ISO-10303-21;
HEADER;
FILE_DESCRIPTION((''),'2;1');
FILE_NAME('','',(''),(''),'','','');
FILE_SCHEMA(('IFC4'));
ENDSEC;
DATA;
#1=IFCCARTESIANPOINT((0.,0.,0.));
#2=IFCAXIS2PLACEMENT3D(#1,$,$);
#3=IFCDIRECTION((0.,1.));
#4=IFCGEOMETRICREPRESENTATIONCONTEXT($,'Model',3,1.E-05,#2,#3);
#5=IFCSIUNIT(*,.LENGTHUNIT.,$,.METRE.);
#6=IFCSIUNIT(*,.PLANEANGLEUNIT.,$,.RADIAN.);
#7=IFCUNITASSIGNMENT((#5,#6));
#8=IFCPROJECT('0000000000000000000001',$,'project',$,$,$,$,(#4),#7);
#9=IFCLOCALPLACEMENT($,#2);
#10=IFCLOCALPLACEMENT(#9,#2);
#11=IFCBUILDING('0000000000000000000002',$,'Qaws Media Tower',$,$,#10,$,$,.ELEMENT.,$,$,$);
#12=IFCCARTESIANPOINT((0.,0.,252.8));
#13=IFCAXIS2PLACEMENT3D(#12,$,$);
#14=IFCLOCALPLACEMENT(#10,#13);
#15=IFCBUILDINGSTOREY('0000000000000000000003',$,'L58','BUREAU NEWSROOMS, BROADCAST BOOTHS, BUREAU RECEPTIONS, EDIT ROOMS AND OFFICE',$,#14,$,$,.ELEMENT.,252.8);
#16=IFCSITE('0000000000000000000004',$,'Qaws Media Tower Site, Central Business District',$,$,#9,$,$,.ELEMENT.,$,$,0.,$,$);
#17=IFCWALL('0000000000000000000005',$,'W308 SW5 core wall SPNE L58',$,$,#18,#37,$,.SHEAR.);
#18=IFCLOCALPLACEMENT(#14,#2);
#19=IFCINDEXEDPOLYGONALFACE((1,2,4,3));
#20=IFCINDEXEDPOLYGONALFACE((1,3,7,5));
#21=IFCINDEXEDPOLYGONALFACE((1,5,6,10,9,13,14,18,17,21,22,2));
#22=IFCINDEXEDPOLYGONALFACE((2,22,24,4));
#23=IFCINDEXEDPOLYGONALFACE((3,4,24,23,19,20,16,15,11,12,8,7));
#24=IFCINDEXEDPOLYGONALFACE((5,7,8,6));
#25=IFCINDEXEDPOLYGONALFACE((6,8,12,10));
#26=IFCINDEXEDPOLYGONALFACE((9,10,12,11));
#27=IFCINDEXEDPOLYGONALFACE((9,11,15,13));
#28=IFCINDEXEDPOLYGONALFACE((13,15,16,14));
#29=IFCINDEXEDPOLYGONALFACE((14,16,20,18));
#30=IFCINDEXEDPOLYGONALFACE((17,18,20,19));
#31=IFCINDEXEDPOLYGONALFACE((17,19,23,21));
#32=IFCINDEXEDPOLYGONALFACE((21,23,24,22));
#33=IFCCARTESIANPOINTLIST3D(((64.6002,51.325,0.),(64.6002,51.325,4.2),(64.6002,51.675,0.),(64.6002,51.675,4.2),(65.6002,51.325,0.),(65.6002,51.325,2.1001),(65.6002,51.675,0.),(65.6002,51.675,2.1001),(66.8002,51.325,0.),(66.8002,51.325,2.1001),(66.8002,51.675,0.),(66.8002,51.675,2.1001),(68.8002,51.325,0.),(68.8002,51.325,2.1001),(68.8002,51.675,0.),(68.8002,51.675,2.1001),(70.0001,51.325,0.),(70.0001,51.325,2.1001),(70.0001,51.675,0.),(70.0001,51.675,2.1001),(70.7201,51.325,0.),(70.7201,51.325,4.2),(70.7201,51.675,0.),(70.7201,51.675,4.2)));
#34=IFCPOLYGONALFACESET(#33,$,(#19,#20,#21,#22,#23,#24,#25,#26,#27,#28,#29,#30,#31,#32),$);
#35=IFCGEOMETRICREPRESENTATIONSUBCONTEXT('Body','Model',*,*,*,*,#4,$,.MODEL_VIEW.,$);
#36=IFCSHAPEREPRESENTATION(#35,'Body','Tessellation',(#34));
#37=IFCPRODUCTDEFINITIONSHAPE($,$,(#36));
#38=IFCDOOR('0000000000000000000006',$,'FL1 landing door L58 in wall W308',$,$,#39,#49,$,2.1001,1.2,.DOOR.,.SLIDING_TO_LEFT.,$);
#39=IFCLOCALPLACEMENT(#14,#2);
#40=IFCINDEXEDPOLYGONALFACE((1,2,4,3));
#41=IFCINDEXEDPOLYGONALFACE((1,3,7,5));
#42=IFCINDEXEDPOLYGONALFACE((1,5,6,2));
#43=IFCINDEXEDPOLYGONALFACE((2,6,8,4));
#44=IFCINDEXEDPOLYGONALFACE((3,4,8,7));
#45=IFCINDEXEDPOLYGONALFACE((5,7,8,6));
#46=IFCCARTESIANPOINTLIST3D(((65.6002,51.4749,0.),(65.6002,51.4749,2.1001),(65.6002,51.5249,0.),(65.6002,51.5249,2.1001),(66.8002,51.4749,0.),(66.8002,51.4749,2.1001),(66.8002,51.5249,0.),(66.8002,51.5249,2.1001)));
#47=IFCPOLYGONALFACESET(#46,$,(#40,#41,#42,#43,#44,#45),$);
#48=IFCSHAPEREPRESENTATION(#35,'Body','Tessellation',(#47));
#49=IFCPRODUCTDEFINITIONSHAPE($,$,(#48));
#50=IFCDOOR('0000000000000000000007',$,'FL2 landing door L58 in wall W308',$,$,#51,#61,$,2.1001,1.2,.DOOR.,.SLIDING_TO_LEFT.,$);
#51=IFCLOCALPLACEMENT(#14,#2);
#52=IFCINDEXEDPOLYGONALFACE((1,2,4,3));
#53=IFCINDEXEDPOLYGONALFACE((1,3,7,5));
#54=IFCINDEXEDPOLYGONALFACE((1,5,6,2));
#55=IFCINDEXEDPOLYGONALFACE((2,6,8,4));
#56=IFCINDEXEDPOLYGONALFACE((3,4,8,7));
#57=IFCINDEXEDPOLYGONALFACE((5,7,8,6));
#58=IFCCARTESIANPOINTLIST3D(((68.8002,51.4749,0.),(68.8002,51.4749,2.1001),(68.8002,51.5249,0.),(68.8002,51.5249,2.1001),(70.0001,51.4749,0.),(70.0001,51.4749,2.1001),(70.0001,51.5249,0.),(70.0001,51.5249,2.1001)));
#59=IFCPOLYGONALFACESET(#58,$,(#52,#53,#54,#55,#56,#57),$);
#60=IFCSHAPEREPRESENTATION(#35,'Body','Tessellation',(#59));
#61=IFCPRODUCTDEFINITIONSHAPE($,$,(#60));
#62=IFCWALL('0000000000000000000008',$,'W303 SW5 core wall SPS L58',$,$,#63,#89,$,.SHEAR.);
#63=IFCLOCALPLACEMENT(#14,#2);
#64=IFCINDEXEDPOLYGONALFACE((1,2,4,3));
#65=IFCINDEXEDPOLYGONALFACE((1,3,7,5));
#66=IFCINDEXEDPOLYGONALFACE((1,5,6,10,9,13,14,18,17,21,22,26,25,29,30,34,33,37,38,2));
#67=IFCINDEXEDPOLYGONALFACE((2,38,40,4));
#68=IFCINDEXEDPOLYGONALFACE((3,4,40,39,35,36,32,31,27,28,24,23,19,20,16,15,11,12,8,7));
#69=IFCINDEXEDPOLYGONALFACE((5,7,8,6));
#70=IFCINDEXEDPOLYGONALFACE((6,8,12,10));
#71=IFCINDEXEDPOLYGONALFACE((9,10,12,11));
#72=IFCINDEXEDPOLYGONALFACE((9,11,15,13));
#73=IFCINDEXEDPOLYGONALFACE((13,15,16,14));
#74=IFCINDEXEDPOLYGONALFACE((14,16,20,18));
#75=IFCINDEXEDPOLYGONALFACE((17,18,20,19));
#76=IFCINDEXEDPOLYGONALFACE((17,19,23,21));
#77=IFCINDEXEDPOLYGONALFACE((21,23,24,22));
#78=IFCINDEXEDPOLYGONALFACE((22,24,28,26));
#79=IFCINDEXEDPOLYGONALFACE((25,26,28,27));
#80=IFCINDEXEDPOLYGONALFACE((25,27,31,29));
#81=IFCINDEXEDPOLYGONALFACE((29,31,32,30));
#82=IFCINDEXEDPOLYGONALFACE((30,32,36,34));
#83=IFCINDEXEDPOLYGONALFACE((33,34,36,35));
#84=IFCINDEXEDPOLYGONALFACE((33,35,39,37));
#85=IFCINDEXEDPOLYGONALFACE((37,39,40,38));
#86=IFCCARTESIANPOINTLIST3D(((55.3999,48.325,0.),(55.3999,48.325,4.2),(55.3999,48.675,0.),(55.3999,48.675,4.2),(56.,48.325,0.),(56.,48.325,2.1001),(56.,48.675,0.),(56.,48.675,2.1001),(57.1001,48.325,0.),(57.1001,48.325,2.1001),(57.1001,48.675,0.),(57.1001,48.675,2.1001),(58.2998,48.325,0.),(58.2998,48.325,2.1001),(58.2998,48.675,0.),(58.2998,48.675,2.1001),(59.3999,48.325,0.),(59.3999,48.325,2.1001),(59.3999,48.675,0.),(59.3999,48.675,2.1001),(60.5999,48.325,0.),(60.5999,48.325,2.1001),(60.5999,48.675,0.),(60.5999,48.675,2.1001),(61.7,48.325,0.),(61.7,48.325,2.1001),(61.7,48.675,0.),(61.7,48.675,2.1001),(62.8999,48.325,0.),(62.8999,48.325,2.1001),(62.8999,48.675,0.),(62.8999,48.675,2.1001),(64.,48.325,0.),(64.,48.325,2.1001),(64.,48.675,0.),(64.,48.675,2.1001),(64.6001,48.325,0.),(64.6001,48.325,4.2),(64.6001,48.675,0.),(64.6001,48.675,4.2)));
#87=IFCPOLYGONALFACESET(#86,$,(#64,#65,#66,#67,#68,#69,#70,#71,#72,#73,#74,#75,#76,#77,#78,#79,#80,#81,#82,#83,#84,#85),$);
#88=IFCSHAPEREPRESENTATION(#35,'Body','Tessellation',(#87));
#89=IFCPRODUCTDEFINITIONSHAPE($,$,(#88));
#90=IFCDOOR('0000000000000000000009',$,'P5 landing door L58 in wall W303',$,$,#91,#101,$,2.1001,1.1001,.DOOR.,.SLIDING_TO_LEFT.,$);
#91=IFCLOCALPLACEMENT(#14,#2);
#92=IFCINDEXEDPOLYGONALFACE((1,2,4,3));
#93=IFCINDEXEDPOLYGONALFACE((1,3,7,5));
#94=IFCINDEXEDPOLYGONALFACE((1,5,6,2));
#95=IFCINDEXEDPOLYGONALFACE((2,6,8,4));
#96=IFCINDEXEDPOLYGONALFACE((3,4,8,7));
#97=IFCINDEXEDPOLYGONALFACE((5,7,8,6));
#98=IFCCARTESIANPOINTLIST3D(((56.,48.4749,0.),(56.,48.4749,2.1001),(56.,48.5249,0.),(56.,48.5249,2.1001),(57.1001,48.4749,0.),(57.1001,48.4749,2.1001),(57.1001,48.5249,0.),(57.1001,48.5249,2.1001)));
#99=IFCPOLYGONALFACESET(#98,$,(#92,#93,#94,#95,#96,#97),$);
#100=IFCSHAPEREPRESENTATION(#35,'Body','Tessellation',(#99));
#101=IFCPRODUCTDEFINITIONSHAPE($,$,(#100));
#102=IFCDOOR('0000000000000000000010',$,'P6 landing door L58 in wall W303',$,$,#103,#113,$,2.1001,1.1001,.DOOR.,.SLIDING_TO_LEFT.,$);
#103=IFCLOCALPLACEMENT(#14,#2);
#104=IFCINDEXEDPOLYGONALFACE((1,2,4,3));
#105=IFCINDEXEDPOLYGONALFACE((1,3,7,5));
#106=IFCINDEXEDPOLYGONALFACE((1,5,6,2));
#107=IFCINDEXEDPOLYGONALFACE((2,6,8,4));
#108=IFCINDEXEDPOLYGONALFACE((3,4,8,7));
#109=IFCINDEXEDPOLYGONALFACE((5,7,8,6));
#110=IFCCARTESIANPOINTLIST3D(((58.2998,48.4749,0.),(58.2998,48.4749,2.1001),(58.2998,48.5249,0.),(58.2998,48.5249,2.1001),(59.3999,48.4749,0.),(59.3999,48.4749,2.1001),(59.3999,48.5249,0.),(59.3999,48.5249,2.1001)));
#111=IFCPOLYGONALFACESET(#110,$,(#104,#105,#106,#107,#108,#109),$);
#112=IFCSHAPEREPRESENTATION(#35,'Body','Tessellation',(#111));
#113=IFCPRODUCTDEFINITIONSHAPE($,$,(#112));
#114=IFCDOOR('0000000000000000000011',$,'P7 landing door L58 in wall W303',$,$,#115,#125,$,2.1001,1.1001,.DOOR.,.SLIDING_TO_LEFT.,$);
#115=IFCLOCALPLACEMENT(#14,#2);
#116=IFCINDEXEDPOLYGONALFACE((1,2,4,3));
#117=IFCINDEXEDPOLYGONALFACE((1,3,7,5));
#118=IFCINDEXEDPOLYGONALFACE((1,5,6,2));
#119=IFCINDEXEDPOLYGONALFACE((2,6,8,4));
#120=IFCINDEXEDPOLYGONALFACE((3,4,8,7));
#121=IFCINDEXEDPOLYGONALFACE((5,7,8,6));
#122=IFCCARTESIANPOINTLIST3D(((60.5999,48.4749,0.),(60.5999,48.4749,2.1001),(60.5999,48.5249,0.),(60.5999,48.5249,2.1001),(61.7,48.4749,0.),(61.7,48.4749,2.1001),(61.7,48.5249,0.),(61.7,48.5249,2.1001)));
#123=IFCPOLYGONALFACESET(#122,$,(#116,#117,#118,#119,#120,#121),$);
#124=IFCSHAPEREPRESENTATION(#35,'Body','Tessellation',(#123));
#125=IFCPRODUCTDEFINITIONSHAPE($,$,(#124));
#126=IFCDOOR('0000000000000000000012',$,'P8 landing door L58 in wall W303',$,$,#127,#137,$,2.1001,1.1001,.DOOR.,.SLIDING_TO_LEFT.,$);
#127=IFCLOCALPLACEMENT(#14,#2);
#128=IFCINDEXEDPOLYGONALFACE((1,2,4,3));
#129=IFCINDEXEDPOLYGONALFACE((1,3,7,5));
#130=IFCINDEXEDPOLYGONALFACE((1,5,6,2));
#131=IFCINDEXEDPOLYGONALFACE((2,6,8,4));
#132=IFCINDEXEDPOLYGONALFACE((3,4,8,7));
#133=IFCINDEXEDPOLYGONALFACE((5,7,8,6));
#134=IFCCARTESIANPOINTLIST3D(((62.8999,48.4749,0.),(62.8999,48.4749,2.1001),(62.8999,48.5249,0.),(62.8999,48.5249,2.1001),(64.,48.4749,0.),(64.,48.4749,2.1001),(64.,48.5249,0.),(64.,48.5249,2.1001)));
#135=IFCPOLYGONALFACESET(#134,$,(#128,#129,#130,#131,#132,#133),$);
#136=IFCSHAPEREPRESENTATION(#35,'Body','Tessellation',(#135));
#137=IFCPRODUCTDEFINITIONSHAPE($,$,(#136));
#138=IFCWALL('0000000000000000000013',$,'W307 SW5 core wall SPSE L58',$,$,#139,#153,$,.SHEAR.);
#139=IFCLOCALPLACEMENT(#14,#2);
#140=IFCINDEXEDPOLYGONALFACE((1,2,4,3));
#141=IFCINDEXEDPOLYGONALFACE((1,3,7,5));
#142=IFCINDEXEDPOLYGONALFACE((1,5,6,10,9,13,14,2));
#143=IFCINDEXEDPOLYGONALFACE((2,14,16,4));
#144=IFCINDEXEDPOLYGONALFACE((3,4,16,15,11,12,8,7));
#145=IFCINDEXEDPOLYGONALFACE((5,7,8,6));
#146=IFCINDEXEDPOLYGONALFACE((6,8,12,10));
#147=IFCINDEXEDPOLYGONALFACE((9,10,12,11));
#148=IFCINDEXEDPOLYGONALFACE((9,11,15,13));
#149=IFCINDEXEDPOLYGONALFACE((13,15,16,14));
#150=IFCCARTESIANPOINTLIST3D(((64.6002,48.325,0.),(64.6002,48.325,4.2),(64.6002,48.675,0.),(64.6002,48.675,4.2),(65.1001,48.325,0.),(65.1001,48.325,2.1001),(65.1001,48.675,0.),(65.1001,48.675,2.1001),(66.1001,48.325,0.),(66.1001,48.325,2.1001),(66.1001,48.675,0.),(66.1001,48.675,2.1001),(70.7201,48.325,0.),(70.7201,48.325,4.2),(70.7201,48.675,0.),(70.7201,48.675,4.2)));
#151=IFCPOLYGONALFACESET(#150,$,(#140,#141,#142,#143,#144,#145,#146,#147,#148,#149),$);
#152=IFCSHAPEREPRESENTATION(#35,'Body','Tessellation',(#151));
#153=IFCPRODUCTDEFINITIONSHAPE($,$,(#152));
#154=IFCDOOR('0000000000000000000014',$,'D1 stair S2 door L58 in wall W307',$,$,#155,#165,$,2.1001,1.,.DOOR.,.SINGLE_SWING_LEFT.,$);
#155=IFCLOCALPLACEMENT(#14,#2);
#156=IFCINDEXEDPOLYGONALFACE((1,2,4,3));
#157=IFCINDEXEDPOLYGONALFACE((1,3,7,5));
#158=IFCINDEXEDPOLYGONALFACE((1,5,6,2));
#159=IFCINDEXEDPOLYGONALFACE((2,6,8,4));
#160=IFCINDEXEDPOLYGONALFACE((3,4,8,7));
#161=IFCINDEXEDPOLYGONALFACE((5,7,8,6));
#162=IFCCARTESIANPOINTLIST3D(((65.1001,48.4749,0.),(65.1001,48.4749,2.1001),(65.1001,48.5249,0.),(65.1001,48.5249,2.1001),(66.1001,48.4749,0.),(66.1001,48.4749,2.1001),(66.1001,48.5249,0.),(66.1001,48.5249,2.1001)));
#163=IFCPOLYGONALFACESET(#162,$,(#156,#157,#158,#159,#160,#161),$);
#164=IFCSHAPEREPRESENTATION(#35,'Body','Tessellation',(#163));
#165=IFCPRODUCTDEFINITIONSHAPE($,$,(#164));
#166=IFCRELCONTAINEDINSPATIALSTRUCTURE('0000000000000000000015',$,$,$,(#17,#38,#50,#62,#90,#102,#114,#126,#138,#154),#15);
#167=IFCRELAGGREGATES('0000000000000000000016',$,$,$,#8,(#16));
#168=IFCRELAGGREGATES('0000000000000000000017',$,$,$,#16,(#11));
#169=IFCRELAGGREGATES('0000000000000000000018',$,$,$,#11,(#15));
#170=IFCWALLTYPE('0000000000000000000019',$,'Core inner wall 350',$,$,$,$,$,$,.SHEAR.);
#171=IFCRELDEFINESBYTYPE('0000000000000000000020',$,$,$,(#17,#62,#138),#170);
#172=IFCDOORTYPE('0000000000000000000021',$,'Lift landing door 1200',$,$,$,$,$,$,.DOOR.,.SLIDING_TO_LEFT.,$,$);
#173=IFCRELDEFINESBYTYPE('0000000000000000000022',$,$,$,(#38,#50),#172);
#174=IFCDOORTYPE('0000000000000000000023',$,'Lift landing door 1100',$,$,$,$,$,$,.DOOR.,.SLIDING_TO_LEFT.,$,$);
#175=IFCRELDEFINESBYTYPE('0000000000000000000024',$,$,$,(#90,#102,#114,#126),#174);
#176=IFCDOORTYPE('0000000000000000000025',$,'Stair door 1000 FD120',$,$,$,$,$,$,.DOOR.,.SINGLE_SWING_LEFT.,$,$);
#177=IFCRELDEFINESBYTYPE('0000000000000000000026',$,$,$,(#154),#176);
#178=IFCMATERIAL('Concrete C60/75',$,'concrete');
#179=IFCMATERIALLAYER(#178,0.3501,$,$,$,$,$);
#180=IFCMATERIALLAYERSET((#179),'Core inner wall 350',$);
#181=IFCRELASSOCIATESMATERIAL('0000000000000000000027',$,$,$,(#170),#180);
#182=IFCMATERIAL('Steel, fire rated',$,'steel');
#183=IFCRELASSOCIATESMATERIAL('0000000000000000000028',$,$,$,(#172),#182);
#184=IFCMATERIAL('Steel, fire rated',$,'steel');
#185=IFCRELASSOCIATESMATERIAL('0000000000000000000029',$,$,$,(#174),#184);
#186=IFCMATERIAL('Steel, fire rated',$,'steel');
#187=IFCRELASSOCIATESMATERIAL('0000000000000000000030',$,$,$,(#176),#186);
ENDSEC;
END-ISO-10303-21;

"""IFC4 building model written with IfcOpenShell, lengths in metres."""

from ifc_helpers import new_model, si_unit, direction, frame, frame_2d, origin, place, context, subcontext, project, spatial, rectangle, extrude, material, layer, layer_set, type_object, element, fill, save


model = new_model("IFC4")

# Units and contexts
model_context = context("Model", 3, precision=1e-05, world=origin(), true_north=direction((0.0, 1.0)))
body_context = subcontext(model_context, "Body", "Model", "MODEL_VIEW")
ifc_project = project(units=[si_unit("LENGTHUNIT", "METRE"), si_unit("PLANEANGLEUNIT", "RADIAN")], contexts=[model_context])

# Site, building, storey
site_placement = place(None, origin())
site = spatial("IfcSite", under=ifc_project, at=site_placement, Name="Qaws Media Tower Site, Central Business District", CompositionType="ELEMENT", RefElevation=0.0)
building_placement = place(site_placement, origin())
building = spatial("IfcBuilding", under=site, at=building_placement, Name="Qaws Media Tower", CompositionType="ELEMENT")
storey_placement = place(building_placement, frame((0.0, 0.0, 252.8)))
storey = spatial("IfcBuildingStorey", under=building, at=storey_placement, Name="L58", Description="BUREAU NEWSROOMS, BROADCAST BOOTHS, BUREAU RECEPTIONS, EDIT ROOMS AND OFFICE", CompositionType="ELEMENT", Elevation=252.8)

# Walls, openings, doors
ifc_material_1 = material(Name="Concrete C60/75", Category="concrete")
ifc_layer_1 = layer(ifc_material_1, 0.3501)
ifc_layer_set_1 = layer_set([ifc_layer_1], Name="Core inner wall 350")
wall_type_1 = type_object("IfcWallType", Name="Core inner wall 350", PredefinedType="SHEAR", material=ifc_layer_set_1)
wall_1_placement = place(storey_placement, frame((64.6001, 51.5, 0.0), z_axis=(0.0, 0.0, 1.0), x_axis=(1.0, 0.0, 0.0)))
wall_1 = element("IfcWall", 1, at=wall_1_placement, inside=storey, type_object=wall_type_1, Name="W308 SW5 core wall SPNE L58", PredefinedType="SHEAR", context=body_context, shape_type="SweptSolid", body=[
    extrude(rectangle(XDim=6.1199, YDim=0.3501, at=frame_2d((3.0601, 0.0))), origin(), (0.0, 0.0, 1.0), 4.2),
])
opening_1_placement = place(wall_1_placement, frame((1.0, 0.0, 0.0)))
opening_1 = element("IfcOpeningElement", 2, at=opening_1_placement, cuts=wall_1, PredefinedType="OPENING", context=body_context, shape_type="SweptSolid", body=[
    extrude(rectangle(XDim=1.2, YDim=2.1001, at=frame_2d((0.6001, 1.05))), frame((0.0, 0.1851, 0.0), z_axis=(0.0, -1.0, 0.0), x_axis=(1.0, 0.0, 0.0)), (0.0, 0.0, 1.0), 0.3701),
])
opening_2_placement = place(wall_1_placement, frame((4.2, 0.0, 0.0)))
opening_2 = element("IfcOpeningElement", 3, at=opening_2_placement, cuts=wall_1, PredefinedType="OPENING", context=body_context, shape_type="SweptSolid", body=[
    extrude(rectangle(XDim=1.2, YDim=2.1001, at=frame_2d((0.6001, 1.05))), frame((0.0, 0.1851, 0.0), z_axis=(0.0, -1.0, 0.0), x_axis=(1.0, 0.0, 0.0)), (0.0, 0.0, 1.0), 0.3701),
])
ifc_material_2 = material(Name="Steel, fire rated", Category="steel")
door_type_1 = type_object("IfcDoorType", Name="Lift landing door 1200", OperationType="SLIDING_TO_LEFT", PredefinedType="DOOR", material=ifc_material_2)
door_1_placement = place(opening_1_placement, origin())
door_1 = element("IfcDoor", 4, at=door_1_placement, inside=storey, type_object=door_type_1, Name="FL1 landing door L58 in wall W308", OperationType="SLIDING_TO_LEFT", OverallHeight=2.1001, OverallWidth=1.2, PredefinedType="DOOR", context=body_context, shape_type="SweptSolid", body=[
    extrude(rectangle(XDim=1.2, YDim=2.1001, at=frame_2d((0.6001, 1.05))), frame((0.0, 0.0249, 0.0), z_axis=(0.0, -1.0, 0.0), x_axis=(1.0, 0.0, 0.0)), (0.0, 0.0, 1.0), 0.05),
])
fill(opening_1, door_1)
door_2_placement = place(opening_2_placement, origin())
door_2 = element("IfcDoor", 5, at=door_2_placement, inside=storey, type_object=door_type_1, Name="FL2 landing door L58 in wall W308", OperationType="SLIDING_TO_LEFT", OverallHeight=2.1001, OverallWidth=1.2, PredefinedType="DOOR", context=body_context, shape_type="SweptSolid", body=[
    extrude(rectangle(XDim=1.2, YDim=2.1001, at=frame_2d((0.6001, 1.05))), frame((0.0, 0.0249, 0.0), z_axis=(0.0, -1.0, 0.0), x_axis=(1.0, 0.0, 0.0)), (0.0, 0.0, 1.0), 0.05),
])
fill(opening_2, door_2)
wall_2_placement = place(storey_placement, frame((55.3999, 48.5, 0.0), z_axis=(0.0, 0.0, 1.0), x_axis=(1.0, 0.0, 0.0)))
wall_2 = element("IfcWall", 6, at=wall_2_placement, inside=storey, type_object=wall_type_1, Name="W303 SW5 core wall SPS L58", PredefinedType="SHEAR", context=body_context, shape_type="SweptSolid", body=[
    extrude(rectangle(XDim=9.2002, YDim=0.3501, at=frame_2d((4.6001, 0.0))), origin(), (0.0, 0.0, 1.0), 4.2),
])
opening_3_placement = place(wall_2_placement, frame((0.6001, 0.0, 0.0)))
opening_3 = element("IfcOpeningElement", 7, at=opening_3_placement, cuts=wall_2, PredefinedType="OPENING", context=body_context, shape_type="SweptSolid", body=[
    extrude(rectangle(XDim=1.1001, YDim=2.1001, at=frame_2d((0.55, 1.05))), frame((0.0, 0.1851, 0.0), z_axis=(0.0, -1.0, 0.0), x_axis=(1.0, 0.0, 0.0)), (0.0, 0.0, 1.0), 0.3701),
])
opening_4_placement = place(wall_2_placement, frame((2.8999, 0.0, 0.0)))
opening_4 = element("IfcOpeningElement", 8, at=opening_4_placement, cuts=wall_2, PredefinedType="OPENING", context=body_context, shape_type="SweptSolid", body=[
    extrude(rectangle(XDim=1.1001, YDim=2.1001, at=frame_2d((0.55, 1.05))), frame((0.0, 0.1851, 0.0), z_axis=(0.0, -1.0, 0.0), x_axis=(1.0, 0.0, 0.0)), (0.0, 0.0, 1.0), 0.3701),
])
opening_5_placement = place(wall_2_placement, frame((5.2, 0.0, 0.0)))
opening_5 = element("IfcOpeningElement", 9, at=opening_5_placement, cuts=wall_2, PredefinedType="OPENING", context=body_context, shape_type="SweptSolid", body=[
    extrude(rectangle(XDim=1.1001, YDim=2.1001, at=frame_2d((0.55, 1.05))), frame((0.0, 0.1851, 0.0), z_axis=(0.0, -1.0, 0.0), x_axis=(1.0, 0.0, 0.0)), (0.0, 0.0, 1.0), 0.3701),
])
opening_6_placement = place(wall_2_placement, frame((7.5, 0.0, 0.0)))
opening_6 = element("IfcOpeningElement", 10, at=opening_6_placement, cuts=wall_2, PredefinedType="OPENING", context=body_context, shape_type="SweptSolid", body=[
    extrude(rectangle(XDim=1.1001, YDim=2.1001, at=frame_2d((0.55, 1.05))), frame((0.0, 0.1851, 0.0), z_axis=(0.0, -1.0, 0.0), x_axis=(1.0, 0.0, 0.0)), (0.0, 0.0, 1.0), 0.3701),
])
ifc_material_3 = material(Name="Steel, fire rated", Category="steel")
door_type_2 = type_object("IfcDoorType", Name="Lift landing door 1100", OperationType="SLIDING_TO_LEFT", PredefinedType="DOOR", material=ifc_material_3)
door_3_placement = place(opening_3_placement, origin())
door_3 = element("IfcDoor", 11, at=door_3_placement, inside=storey, type_object=door_type_2, Name="P5 landing door L58 in wall W303", OperationType="SLIDING_TO_LEFT", OverallHeight=2.1001, OverallWidth=1.1001, PredefinedType="DOOR", context=body_context, shape_type="SweptSolid", body=[
    extrude(rectangle(XDim=1.1001, YDim=2.1001, at=frame_2d((0.55, 1.05))), frame((0.0, 0.0249, 0.0), z_axis=(0.0, -1.0, 0.0), x_axis=(1.0, 0.0, 0.0)), (0.0, 0.0, 1.0), 0.05),
])
fill(opening_3, door_3)
door_4_placement = place(opening_4_placement, origin())
door_4 = element("IfcDoor", 12, at=door_4_placement, inside=storey, type_object=door_type_2, Name="P6 landing door L58 in wall W303", OperationType="SLIDING_TO_LEFT", OverallHeight=2.1001, OverallWidth=1.1001, PredefinedType="DOOR", context=body_context, shape_type="SweptSolid", body=[
    extrude(rectangle(XDim=1.1001, YDim=2.1001, at=frame_2d((0.55, 1.05))), frame((0.0, 0.0249, 0.0), z_axis=(0.0, -1.0, 0.0), x_axis=(1.0, 0.0, 0.0)), (0.0, 0.0, 1.0), 0.05),
])
fill(opening_4, door_4)
door_5_placement = place(opening_5_placement, origin())
door_5 = element("IfcDoor", 13, at=door_5_placement, inside=storey, type_object=door_type_2, Name="P7 landing door L58 in wall W303", OperationType="SLIDING_TO_LEFT", OverallHeight=2.1001, OverallWidth=1.1001, PredefinedType="DOOR", context=body_context, shape_type="SweptSolid", body=[
    extrude(rectangle(XDim=1.1001, YDim=2.1001, at=frame_2d((0.55, 1.05))), frame((0.0, 0.0249, 0.0), z_axis=(0.0, -1.0, 0.0), x_axis=(1.0, 0.0, 0.0)), (0.0, 0.0, 1.0), 0.05),
])
fill(opening_5, door_5)
door_6_placement = place(opening_6_placement, origin())
door_6 = element("IfcDoor", 14, at=door_6_placement, inside=storey, type_object=door_type_2, Name="P8 landing door L58 in wall W303", OperationType="SLIDING_TO_LEFT", OverallHeight=2.1001, OverallWidth=1.1001, PredefinedType="DOOR", context=body_context, shape_type="SweptSolid", body=[
    extrude(rectangle(XDim=1.1001, YDim=2.1001, at=frame_2d((0.55, 1.05))), frame((0.0, 0.0249, 0.0), z_axis=(0.0, -1.0, 0.0), x_axis=(1.0, 0.0, 0.0)), (0.0, 0.0, 1.0), 0.05),
])
fill(opening_6, door_6)

# Wall, opening, door
wall_3_placement = place(storey_placement, frame((64.6001, 48.5, 0.0), z_axis=(0.0, 0.0, 1.0), x_axis=(1.0, 0.0, 0.0)))
wall_3 = element("IfcWall", 15, at=wall_3_placement, inside=storey, type_object=wall_type_1, Name="W307 SW5 core wall SPSE L58", PredefinedType="SHEAR", context=body_context, shape_type="SweptSolid", body=[
    extrude(rectangle(XDim=6.1199, YDim=0.3501, at=frame_2d((3.0601, 0.0))), origin(), (0.0, 0.0, 1.0), 4.2),
])
opening_7_placement = place(wall_3_placement, frame((0.5, 0.0, 0.0)))
opening_7 = element("IfcOpeningElement", 16, at=opening_7_placement, cuts=wall_3, PredefinedType="OPENING", context=body_context, shape_type="SweptSolid", body=[
    extrude(rectangle(XDim=1.0, YDim=2.1001, at=frame_2d((0.5, 1.05))), frame((0.0, 0.1851, 0.0), z_axis=(0.0, -1.0, 0.0), x_axis=(1.0, 0.0, 0.0)), (0.0, 0.0, 1.0), 0.3701),
])
ifc_material_4 = material(Name="Steel, fire rated", Category="steel")
door_type_3 = type_object("IfcDoorType", Name="Stair door 1000 FD120", OperationType="SINGLE_SWING_LEFT", PredefinedType="DOOR", material=ifc_material_4)
door_7_placement = place(opening_7_placement, origin())
door_7 = element("IfcDoor", 17, at=door_7_placement, inside=storey, type_object=door_type_3, Name="D1 stair S2 door L58 in wall W307", OperationType="SINGLE_SWING_LEFT", OverallHeight=2.1001, OverallWidth=1.0, PredefinedType="DOOR", context=body_context, shape_type="SweptSolid", body=[
    extrude(rectangle(XDim=1.0, YDim=2.1001, at=frame_2d((0.5, 1.05))), frame((0.0, 0.0249, 0.0), z_axis=(0.0, -1.0, 0.0), x_axis=(1.0, 0.0, 0.0)), (0.0, 0.0, 1.0), 0.05),
])
fill(opening_7, door_7)

save(model, "model.ifc")
